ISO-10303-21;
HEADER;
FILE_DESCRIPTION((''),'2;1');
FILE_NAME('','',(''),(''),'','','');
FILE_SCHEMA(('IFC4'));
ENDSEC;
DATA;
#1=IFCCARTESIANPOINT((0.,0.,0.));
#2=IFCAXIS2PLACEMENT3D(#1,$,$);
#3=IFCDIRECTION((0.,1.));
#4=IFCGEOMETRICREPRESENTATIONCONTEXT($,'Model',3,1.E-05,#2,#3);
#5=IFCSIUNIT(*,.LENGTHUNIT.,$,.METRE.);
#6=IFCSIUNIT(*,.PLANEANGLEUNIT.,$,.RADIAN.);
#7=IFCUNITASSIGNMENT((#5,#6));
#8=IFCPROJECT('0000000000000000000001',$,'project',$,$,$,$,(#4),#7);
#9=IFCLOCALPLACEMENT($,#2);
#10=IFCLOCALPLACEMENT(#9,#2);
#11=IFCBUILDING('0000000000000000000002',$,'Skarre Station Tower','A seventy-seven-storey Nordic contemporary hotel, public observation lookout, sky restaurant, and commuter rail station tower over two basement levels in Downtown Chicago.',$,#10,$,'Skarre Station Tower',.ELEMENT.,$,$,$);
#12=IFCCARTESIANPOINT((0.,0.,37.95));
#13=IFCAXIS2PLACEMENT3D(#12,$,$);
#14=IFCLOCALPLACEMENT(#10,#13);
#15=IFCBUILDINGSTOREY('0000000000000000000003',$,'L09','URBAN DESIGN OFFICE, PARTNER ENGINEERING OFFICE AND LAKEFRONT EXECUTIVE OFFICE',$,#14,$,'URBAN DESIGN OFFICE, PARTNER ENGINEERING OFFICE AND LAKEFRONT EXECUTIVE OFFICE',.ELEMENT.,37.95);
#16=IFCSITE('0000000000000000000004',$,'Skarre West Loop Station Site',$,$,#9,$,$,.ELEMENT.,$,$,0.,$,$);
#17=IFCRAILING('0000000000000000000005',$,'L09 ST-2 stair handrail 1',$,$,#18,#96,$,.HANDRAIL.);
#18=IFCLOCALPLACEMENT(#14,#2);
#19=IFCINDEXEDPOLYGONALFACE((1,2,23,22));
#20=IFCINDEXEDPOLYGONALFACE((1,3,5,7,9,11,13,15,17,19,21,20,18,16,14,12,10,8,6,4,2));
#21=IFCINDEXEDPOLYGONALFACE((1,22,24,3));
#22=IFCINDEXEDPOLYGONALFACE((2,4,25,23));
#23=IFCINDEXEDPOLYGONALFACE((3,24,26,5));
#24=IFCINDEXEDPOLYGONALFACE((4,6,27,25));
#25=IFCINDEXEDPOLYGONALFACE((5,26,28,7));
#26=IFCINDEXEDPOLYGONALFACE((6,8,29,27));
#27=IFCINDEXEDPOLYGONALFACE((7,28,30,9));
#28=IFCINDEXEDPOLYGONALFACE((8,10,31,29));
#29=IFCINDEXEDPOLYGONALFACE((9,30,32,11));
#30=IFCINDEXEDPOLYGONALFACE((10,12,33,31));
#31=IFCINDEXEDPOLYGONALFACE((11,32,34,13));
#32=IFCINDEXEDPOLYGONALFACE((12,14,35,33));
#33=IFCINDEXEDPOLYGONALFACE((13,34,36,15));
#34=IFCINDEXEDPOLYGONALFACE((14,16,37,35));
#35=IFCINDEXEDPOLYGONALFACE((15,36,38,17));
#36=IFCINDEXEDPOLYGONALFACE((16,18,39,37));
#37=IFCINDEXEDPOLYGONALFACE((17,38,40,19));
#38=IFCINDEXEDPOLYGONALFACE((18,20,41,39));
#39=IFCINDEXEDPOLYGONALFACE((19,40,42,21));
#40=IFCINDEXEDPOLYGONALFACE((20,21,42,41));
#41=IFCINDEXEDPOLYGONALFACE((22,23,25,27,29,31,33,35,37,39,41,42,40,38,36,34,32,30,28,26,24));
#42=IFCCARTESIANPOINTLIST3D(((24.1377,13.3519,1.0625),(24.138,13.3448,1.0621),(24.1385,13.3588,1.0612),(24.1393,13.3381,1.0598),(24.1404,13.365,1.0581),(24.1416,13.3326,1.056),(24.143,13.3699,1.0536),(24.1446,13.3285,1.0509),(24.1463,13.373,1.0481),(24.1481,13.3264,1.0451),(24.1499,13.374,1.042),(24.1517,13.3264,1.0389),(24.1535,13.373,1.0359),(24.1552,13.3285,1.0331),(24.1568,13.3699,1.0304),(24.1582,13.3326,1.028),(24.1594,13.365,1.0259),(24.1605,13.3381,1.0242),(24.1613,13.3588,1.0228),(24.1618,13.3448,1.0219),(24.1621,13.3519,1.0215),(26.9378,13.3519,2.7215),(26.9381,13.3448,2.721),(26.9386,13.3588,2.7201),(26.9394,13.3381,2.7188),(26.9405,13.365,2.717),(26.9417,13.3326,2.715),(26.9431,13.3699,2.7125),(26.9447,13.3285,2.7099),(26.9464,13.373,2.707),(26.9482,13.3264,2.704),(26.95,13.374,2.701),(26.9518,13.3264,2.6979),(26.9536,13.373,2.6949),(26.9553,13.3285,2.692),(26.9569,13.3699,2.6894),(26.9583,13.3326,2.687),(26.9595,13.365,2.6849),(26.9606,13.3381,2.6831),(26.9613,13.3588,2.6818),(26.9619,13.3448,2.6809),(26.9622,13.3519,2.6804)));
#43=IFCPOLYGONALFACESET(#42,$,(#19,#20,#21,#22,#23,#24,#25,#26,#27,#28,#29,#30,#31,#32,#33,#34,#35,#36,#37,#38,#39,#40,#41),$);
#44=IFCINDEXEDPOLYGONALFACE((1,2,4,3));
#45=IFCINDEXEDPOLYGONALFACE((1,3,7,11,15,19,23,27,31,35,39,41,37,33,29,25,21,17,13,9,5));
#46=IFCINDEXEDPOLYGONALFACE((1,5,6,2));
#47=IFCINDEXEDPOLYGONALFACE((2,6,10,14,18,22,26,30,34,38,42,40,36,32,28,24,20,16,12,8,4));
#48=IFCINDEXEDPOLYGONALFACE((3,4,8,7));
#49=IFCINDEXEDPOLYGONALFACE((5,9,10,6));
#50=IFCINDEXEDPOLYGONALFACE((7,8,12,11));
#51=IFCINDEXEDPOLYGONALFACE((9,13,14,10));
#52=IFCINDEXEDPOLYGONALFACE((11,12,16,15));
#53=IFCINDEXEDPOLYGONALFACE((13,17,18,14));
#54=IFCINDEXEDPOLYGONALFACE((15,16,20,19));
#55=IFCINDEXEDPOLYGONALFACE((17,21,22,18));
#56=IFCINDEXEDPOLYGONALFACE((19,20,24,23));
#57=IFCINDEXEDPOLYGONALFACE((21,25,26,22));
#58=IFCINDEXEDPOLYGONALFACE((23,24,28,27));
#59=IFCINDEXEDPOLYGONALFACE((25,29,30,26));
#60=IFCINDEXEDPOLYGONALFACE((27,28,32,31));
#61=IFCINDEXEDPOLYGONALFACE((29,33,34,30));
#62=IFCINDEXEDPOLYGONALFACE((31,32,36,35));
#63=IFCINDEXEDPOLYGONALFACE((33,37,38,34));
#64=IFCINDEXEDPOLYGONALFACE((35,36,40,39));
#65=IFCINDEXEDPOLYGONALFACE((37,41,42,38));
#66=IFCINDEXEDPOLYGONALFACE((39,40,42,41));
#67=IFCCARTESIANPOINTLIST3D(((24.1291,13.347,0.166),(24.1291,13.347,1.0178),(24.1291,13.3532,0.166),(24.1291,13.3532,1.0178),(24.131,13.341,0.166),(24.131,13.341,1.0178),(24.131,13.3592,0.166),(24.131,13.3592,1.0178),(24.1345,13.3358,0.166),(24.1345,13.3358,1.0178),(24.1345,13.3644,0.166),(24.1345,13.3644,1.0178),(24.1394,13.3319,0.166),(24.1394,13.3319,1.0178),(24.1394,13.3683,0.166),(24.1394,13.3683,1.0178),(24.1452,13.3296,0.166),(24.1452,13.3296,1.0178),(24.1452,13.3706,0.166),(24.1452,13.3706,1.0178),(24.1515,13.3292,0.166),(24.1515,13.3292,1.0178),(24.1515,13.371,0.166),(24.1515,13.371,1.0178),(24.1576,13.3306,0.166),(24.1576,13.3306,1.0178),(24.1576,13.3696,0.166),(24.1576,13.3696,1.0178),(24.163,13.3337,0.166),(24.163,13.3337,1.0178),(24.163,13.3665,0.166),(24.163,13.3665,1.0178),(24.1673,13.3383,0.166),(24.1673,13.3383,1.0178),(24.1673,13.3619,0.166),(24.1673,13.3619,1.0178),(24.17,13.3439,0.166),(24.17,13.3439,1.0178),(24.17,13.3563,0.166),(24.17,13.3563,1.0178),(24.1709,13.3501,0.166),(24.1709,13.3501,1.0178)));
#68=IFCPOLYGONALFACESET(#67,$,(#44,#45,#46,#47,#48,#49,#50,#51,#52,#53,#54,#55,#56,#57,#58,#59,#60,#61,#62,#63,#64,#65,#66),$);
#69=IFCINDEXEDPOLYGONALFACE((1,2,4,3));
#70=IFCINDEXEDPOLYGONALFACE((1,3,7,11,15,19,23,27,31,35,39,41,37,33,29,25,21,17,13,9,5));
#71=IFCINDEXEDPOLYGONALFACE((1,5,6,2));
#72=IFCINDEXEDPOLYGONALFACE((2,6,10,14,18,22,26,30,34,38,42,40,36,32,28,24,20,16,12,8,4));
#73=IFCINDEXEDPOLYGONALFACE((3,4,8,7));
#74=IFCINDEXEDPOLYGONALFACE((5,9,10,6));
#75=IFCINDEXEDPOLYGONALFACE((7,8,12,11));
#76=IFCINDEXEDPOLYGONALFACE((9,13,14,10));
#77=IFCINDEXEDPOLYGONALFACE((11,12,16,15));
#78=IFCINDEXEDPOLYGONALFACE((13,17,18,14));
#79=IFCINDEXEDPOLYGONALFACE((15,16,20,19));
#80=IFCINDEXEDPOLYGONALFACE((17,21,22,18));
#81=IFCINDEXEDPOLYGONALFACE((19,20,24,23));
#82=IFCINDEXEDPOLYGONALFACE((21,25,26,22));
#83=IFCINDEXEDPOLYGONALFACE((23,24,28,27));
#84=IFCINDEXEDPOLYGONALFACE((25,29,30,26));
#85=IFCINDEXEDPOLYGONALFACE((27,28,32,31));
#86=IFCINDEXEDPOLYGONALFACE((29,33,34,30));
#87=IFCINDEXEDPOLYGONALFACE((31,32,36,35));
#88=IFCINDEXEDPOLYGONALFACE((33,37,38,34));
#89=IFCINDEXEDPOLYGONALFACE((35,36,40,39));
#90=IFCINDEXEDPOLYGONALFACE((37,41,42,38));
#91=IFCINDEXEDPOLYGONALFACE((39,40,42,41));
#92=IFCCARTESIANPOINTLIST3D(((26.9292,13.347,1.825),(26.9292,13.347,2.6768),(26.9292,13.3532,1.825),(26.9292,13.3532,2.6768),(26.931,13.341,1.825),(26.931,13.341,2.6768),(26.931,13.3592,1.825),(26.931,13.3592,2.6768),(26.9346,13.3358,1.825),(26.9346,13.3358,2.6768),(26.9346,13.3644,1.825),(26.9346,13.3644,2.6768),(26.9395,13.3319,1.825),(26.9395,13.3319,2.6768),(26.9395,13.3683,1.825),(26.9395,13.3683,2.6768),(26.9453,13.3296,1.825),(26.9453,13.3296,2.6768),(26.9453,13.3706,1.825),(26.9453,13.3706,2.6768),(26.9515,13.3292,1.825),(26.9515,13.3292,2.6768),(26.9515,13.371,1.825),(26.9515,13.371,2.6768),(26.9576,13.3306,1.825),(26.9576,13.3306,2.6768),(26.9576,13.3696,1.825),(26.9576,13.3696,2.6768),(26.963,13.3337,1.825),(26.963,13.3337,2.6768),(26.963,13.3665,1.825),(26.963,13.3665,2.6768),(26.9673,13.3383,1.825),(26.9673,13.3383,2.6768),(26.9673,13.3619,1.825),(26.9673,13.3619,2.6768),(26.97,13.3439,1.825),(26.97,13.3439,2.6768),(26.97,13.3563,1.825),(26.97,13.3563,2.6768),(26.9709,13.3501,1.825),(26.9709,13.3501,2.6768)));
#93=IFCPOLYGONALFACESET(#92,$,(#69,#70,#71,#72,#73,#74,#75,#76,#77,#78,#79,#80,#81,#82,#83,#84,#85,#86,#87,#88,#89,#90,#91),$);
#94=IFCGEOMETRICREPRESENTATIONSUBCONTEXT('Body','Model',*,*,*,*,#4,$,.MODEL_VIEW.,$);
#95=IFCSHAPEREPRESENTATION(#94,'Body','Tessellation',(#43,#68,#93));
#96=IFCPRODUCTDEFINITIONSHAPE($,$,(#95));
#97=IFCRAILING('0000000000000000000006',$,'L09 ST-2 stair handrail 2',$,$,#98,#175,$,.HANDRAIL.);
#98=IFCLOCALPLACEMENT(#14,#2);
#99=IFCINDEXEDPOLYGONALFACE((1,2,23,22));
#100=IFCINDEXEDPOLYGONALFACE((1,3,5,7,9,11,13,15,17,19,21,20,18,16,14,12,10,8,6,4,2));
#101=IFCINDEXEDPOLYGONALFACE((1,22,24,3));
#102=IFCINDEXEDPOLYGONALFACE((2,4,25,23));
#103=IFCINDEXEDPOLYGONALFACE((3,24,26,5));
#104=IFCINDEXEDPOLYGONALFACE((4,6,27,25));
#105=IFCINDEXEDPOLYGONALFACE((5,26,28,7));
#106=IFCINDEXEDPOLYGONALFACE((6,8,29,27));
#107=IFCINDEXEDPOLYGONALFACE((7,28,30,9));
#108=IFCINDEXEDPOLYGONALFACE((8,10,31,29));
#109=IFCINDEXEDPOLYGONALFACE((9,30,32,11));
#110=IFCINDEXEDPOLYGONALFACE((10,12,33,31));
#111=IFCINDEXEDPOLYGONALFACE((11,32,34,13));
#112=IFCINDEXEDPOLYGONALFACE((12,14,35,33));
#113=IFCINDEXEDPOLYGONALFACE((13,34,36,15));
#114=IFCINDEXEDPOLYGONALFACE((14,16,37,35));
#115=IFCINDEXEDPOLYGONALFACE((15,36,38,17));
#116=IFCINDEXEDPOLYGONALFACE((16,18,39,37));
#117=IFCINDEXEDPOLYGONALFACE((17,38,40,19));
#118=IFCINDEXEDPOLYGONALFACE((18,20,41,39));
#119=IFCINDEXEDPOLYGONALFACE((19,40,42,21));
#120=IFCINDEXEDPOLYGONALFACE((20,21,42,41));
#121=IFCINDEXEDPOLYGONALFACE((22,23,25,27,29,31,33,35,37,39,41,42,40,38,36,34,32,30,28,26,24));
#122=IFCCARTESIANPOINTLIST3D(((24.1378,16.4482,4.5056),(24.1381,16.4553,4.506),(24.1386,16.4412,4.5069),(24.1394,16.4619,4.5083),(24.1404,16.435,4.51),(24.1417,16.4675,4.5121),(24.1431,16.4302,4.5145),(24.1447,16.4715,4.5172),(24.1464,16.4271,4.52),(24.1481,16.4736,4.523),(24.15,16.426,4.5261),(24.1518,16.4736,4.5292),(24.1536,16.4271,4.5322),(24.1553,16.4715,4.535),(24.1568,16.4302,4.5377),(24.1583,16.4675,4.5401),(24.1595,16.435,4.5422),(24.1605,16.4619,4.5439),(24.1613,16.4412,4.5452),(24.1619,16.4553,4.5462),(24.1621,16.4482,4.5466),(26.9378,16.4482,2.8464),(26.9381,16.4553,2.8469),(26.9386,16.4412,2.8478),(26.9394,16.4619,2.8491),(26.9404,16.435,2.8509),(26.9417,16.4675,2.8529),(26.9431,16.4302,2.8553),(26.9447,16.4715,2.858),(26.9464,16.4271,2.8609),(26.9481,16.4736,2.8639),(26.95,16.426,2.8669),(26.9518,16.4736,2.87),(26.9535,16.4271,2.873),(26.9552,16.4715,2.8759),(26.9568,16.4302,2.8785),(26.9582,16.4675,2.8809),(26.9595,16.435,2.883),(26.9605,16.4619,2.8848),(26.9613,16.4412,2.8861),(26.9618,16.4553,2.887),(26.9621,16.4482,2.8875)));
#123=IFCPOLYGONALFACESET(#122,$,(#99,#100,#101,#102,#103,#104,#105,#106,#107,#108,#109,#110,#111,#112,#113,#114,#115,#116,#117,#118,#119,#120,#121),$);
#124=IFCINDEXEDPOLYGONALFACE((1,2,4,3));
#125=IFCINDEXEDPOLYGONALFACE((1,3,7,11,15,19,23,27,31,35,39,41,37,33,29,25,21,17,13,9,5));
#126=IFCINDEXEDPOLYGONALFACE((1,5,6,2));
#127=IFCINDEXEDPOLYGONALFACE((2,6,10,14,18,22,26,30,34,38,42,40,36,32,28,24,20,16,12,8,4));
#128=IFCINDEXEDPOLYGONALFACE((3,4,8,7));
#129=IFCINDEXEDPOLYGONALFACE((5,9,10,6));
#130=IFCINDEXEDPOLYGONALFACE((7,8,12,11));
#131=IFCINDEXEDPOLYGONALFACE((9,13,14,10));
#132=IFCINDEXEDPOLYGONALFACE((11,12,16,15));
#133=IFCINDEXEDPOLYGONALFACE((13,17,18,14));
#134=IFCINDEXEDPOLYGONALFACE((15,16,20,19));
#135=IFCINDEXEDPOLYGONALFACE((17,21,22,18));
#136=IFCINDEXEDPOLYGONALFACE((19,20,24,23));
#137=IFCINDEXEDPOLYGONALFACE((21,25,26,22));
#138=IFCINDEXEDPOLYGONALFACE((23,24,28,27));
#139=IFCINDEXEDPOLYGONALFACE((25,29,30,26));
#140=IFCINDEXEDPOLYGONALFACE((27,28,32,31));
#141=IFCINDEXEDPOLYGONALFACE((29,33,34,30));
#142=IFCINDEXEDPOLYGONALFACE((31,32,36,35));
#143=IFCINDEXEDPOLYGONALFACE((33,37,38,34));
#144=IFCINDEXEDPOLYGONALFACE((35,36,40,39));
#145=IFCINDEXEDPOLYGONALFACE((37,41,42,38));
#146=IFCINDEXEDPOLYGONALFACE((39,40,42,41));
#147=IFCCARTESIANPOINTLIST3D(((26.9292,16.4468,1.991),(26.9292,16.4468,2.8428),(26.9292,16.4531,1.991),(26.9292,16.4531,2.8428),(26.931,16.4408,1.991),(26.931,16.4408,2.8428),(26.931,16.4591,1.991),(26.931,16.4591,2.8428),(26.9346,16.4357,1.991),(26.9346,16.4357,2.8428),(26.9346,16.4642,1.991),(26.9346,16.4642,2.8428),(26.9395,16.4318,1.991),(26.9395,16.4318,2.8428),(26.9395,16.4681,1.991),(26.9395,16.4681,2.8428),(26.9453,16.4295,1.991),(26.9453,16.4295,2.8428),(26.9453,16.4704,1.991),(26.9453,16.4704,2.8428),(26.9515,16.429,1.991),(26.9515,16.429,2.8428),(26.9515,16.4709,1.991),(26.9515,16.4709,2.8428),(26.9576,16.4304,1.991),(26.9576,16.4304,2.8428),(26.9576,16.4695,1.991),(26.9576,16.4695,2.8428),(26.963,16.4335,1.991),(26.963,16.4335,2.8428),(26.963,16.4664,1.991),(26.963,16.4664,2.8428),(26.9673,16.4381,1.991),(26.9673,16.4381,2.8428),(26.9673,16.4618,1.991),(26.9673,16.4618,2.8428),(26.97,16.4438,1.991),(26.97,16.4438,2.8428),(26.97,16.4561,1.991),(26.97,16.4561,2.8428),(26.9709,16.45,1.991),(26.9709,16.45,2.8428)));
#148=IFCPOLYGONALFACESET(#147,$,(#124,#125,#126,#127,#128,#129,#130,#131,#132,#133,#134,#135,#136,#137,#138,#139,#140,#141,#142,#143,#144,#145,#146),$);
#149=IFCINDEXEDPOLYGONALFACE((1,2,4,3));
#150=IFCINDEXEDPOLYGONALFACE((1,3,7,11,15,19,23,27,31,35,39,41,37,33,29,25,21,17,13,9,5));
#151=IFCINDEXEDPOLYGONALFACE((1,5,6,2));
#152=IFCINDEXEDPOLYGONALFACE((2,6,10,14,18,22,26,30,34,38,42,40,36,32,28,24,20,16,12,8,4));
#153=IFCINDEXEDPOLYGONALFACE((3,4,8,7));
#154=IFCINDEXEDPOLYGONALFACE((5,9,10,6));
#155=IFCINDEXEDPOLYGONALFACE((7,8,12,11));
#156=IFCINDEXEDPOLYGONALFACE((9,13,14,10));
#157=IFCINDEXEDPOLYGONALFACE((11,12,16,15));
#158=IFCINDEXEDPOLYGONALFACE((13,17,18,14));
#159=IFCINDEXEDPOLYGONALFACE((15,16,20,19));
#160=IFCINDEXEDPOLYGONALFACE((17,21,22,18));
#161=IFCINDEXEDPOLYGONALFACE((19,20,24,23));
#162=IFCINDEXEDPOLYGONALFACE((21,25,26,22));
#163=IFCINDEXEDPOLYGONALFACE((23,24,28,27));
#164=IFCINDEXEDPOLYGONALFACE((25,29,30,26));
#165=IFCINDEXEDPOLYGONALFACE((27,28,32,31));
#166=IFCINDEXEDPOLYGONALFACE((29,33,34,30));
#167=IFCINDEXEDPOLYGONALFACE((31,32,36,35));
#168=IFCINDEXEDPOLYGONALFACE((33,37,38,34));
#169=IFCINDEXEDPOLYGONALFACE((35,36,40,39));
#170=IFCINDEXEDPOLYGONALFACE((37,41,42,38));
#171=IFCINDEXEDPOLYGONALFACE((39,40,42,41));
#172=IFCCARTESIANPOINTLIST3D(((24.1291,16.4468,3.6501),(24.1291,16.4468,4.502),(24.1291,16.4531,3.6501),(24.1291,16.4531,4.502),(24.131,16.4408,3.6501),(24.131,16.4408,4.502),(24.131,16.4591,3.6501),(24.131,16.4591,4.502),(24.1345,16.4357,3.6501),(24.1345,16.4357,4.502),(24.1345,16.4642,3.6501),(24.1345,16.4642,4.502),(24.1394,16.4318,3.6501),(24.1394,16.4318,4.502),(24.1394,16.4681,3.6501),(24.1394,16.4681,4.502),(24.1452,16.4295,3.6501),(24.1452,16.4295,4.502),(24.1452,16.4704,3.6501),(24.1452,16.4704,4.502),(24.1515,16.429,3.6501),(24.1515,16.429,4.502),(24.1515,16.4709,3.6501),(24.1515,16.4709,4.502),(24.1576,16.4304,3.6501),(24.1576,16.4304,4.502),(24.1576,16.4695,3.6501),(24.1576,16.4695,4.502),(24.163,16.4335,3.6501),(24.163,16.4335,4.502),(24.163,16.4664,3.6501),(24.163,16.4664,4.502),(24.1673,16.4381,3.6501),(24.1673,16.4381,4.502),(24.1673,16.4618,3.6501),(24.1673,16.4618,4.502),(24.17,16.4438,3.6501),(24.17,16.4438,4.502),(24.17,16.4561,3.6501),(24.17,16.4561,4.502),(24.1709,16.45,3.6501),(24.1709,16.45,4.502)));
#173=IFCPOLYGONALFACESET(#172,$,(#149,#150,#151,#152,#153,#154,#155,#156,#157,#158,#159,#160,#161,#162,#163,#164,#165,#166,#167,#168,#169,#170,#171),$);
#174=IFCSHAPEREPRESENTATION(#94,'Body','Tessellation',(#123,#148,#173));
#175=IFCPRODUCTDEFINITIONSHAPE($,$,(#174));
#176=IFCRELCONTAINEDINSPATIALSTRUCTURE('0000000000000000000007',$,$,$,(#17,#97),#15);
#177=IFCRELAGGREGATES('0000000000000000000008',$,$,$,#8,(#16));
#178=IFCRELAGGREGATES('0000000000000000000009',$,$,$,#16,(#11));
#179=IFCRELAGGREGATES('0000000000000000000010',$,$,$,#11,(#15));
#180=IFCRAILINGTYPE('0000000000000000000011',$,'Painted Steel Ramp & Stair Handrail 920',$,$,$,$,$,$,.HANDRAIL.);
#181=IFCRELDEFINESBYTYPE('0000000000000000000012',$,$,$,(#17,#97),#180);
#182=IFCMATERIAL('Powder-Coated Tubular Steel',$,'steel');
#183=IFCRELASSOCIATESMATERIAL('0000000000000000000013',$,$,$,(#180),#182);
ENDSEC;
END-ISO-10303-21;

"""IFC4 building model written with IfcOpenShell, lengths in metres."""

from ifc_helpers import new_model, si_unit, direction, frame, origin, origin_2d, place, context, subcontext, project, spatial, circle, extrude, material, type_object, element, save


model = new_model("IFC4")

# Units and contexts
model_context = context("Model", 3, precision=1e-05, world=origin(), true_north=direction((0.0, 1.0)))
body_context = subcontext(model_context, "Body", "Model", "MODEL_VIEW")
ifc_project = project(units=[si_unit("LENGTHUNIT", "METRE"), si_unit("PLANEANGLEUNIT", "RADIAN")], contexts=[model_context])

# Site, building, storey
site_placement = place(None, origin())
site = spatial("IfcSite", under=ifc_project, at=site_placement, Name="Skarre West Loop Station Site", CompositionType="ELEMENT", RefElevation=0.0)
building_placement = place(site_placement, origin())
building = spatial("IfcBuilding", under=site, at=building_placement, Name="Skarre Station Tower", Description="A seventy-seven-storey Nordic contemporary hotel, public observation lookout, sky restaurant, and commuter rail station tower over two basement levels in Downtown Chicago.", LongName="Skarre Station Tower", CompositionType="ELEMENT")
storey_placement = place(building_placement, frame((0.0, 0.0, 37.95)))
storey = spatial("IfcBuildingStorey", under=building, at=storey_placement, Name="L09", Description="URBAN DESIGN OFFICE, PARTNER ENGINEERING OFFICE AND LAKEFRONT EXECUTIVE OFFICE", LongName="URBAN DESIGN OFFICE, PARTNER ENGINEERING OFFICE AND LAKEFRONT EXECUTIVE OFFICE", CompositionType="ELEMENT", Elevation=37.95)

# Railings
ifc_material_1 = material(Name="Powder-Coated Tubular Steel", Category="steel")
railing_type_1 = type_object("IfcRailingType", Name="Painted Steel Ramp & Stair Handrail 920", PredefinedType="HANDRAIL", material=ifc_material_1)
railing_1_placement = place(storey_placement, frame((24.1499, 13.3501, 0.166)))
element("IfcRailing", 1, at=railing_1_placement, inside=storey, type_object=railing_type_1, Name="L09 ST-2 stair handrail 1", PredefinedType="HANDRAIL", context=body_context, shape_type="SweptSolid", body=[
    extrude(circle(Radius=0.0239, at=origin_2d()), frame((0.0, 0.0, 0.876), z_axis=(0.860339, 0.0, 0.509722), x_axis=(0.0, 1.0, 0.0)), (0.0, 0.0, 1.0), 3.2546),
    extrude(circle(Radius=0.021, at=origin_2d()), origin(), (0.0, 0.0, 1.0), 0.8518),
    extrude(circle(Radius=0.021, at=origin_2d()), frame((2.8, 0.0, 1.6589)), (0.0, 0.0, 1.0), 0.8518),
])
railing_2_placement = place(storey_placement, frame((26.95, 16.45, 1.991)))
element("IfcRailing", 2, at=railing_2_placement, inside=storey, type_object=railing_type_1, Name="L09 ST-2 stair handrail 2", PredefinedType="HANDRAIL", context=body_context, shape_type="SweptSolid", body=[
    extrude(circle(Radius=0.0239, at=origin_2d()), frame((0.0, 0.0, 0.876), z_axis=(-0.860306, 0.0, 0.509778), x_axis=(0.0, -1.0, 0.0)), (0.0, 0.0, 1.0), 3.2546),
    extrude(circle(Radius=0.021, at=origin_2d()), origin(), (0.0, 0.0, 1.0), 0.8518),
    extrude(circle(Radius=0.021, at=origin_2d()), frame((-2.8, 0.0, 1.6592)), (0.0, 0.0, 1.0), 0.8518),
])

save(model, "model.ifc")
